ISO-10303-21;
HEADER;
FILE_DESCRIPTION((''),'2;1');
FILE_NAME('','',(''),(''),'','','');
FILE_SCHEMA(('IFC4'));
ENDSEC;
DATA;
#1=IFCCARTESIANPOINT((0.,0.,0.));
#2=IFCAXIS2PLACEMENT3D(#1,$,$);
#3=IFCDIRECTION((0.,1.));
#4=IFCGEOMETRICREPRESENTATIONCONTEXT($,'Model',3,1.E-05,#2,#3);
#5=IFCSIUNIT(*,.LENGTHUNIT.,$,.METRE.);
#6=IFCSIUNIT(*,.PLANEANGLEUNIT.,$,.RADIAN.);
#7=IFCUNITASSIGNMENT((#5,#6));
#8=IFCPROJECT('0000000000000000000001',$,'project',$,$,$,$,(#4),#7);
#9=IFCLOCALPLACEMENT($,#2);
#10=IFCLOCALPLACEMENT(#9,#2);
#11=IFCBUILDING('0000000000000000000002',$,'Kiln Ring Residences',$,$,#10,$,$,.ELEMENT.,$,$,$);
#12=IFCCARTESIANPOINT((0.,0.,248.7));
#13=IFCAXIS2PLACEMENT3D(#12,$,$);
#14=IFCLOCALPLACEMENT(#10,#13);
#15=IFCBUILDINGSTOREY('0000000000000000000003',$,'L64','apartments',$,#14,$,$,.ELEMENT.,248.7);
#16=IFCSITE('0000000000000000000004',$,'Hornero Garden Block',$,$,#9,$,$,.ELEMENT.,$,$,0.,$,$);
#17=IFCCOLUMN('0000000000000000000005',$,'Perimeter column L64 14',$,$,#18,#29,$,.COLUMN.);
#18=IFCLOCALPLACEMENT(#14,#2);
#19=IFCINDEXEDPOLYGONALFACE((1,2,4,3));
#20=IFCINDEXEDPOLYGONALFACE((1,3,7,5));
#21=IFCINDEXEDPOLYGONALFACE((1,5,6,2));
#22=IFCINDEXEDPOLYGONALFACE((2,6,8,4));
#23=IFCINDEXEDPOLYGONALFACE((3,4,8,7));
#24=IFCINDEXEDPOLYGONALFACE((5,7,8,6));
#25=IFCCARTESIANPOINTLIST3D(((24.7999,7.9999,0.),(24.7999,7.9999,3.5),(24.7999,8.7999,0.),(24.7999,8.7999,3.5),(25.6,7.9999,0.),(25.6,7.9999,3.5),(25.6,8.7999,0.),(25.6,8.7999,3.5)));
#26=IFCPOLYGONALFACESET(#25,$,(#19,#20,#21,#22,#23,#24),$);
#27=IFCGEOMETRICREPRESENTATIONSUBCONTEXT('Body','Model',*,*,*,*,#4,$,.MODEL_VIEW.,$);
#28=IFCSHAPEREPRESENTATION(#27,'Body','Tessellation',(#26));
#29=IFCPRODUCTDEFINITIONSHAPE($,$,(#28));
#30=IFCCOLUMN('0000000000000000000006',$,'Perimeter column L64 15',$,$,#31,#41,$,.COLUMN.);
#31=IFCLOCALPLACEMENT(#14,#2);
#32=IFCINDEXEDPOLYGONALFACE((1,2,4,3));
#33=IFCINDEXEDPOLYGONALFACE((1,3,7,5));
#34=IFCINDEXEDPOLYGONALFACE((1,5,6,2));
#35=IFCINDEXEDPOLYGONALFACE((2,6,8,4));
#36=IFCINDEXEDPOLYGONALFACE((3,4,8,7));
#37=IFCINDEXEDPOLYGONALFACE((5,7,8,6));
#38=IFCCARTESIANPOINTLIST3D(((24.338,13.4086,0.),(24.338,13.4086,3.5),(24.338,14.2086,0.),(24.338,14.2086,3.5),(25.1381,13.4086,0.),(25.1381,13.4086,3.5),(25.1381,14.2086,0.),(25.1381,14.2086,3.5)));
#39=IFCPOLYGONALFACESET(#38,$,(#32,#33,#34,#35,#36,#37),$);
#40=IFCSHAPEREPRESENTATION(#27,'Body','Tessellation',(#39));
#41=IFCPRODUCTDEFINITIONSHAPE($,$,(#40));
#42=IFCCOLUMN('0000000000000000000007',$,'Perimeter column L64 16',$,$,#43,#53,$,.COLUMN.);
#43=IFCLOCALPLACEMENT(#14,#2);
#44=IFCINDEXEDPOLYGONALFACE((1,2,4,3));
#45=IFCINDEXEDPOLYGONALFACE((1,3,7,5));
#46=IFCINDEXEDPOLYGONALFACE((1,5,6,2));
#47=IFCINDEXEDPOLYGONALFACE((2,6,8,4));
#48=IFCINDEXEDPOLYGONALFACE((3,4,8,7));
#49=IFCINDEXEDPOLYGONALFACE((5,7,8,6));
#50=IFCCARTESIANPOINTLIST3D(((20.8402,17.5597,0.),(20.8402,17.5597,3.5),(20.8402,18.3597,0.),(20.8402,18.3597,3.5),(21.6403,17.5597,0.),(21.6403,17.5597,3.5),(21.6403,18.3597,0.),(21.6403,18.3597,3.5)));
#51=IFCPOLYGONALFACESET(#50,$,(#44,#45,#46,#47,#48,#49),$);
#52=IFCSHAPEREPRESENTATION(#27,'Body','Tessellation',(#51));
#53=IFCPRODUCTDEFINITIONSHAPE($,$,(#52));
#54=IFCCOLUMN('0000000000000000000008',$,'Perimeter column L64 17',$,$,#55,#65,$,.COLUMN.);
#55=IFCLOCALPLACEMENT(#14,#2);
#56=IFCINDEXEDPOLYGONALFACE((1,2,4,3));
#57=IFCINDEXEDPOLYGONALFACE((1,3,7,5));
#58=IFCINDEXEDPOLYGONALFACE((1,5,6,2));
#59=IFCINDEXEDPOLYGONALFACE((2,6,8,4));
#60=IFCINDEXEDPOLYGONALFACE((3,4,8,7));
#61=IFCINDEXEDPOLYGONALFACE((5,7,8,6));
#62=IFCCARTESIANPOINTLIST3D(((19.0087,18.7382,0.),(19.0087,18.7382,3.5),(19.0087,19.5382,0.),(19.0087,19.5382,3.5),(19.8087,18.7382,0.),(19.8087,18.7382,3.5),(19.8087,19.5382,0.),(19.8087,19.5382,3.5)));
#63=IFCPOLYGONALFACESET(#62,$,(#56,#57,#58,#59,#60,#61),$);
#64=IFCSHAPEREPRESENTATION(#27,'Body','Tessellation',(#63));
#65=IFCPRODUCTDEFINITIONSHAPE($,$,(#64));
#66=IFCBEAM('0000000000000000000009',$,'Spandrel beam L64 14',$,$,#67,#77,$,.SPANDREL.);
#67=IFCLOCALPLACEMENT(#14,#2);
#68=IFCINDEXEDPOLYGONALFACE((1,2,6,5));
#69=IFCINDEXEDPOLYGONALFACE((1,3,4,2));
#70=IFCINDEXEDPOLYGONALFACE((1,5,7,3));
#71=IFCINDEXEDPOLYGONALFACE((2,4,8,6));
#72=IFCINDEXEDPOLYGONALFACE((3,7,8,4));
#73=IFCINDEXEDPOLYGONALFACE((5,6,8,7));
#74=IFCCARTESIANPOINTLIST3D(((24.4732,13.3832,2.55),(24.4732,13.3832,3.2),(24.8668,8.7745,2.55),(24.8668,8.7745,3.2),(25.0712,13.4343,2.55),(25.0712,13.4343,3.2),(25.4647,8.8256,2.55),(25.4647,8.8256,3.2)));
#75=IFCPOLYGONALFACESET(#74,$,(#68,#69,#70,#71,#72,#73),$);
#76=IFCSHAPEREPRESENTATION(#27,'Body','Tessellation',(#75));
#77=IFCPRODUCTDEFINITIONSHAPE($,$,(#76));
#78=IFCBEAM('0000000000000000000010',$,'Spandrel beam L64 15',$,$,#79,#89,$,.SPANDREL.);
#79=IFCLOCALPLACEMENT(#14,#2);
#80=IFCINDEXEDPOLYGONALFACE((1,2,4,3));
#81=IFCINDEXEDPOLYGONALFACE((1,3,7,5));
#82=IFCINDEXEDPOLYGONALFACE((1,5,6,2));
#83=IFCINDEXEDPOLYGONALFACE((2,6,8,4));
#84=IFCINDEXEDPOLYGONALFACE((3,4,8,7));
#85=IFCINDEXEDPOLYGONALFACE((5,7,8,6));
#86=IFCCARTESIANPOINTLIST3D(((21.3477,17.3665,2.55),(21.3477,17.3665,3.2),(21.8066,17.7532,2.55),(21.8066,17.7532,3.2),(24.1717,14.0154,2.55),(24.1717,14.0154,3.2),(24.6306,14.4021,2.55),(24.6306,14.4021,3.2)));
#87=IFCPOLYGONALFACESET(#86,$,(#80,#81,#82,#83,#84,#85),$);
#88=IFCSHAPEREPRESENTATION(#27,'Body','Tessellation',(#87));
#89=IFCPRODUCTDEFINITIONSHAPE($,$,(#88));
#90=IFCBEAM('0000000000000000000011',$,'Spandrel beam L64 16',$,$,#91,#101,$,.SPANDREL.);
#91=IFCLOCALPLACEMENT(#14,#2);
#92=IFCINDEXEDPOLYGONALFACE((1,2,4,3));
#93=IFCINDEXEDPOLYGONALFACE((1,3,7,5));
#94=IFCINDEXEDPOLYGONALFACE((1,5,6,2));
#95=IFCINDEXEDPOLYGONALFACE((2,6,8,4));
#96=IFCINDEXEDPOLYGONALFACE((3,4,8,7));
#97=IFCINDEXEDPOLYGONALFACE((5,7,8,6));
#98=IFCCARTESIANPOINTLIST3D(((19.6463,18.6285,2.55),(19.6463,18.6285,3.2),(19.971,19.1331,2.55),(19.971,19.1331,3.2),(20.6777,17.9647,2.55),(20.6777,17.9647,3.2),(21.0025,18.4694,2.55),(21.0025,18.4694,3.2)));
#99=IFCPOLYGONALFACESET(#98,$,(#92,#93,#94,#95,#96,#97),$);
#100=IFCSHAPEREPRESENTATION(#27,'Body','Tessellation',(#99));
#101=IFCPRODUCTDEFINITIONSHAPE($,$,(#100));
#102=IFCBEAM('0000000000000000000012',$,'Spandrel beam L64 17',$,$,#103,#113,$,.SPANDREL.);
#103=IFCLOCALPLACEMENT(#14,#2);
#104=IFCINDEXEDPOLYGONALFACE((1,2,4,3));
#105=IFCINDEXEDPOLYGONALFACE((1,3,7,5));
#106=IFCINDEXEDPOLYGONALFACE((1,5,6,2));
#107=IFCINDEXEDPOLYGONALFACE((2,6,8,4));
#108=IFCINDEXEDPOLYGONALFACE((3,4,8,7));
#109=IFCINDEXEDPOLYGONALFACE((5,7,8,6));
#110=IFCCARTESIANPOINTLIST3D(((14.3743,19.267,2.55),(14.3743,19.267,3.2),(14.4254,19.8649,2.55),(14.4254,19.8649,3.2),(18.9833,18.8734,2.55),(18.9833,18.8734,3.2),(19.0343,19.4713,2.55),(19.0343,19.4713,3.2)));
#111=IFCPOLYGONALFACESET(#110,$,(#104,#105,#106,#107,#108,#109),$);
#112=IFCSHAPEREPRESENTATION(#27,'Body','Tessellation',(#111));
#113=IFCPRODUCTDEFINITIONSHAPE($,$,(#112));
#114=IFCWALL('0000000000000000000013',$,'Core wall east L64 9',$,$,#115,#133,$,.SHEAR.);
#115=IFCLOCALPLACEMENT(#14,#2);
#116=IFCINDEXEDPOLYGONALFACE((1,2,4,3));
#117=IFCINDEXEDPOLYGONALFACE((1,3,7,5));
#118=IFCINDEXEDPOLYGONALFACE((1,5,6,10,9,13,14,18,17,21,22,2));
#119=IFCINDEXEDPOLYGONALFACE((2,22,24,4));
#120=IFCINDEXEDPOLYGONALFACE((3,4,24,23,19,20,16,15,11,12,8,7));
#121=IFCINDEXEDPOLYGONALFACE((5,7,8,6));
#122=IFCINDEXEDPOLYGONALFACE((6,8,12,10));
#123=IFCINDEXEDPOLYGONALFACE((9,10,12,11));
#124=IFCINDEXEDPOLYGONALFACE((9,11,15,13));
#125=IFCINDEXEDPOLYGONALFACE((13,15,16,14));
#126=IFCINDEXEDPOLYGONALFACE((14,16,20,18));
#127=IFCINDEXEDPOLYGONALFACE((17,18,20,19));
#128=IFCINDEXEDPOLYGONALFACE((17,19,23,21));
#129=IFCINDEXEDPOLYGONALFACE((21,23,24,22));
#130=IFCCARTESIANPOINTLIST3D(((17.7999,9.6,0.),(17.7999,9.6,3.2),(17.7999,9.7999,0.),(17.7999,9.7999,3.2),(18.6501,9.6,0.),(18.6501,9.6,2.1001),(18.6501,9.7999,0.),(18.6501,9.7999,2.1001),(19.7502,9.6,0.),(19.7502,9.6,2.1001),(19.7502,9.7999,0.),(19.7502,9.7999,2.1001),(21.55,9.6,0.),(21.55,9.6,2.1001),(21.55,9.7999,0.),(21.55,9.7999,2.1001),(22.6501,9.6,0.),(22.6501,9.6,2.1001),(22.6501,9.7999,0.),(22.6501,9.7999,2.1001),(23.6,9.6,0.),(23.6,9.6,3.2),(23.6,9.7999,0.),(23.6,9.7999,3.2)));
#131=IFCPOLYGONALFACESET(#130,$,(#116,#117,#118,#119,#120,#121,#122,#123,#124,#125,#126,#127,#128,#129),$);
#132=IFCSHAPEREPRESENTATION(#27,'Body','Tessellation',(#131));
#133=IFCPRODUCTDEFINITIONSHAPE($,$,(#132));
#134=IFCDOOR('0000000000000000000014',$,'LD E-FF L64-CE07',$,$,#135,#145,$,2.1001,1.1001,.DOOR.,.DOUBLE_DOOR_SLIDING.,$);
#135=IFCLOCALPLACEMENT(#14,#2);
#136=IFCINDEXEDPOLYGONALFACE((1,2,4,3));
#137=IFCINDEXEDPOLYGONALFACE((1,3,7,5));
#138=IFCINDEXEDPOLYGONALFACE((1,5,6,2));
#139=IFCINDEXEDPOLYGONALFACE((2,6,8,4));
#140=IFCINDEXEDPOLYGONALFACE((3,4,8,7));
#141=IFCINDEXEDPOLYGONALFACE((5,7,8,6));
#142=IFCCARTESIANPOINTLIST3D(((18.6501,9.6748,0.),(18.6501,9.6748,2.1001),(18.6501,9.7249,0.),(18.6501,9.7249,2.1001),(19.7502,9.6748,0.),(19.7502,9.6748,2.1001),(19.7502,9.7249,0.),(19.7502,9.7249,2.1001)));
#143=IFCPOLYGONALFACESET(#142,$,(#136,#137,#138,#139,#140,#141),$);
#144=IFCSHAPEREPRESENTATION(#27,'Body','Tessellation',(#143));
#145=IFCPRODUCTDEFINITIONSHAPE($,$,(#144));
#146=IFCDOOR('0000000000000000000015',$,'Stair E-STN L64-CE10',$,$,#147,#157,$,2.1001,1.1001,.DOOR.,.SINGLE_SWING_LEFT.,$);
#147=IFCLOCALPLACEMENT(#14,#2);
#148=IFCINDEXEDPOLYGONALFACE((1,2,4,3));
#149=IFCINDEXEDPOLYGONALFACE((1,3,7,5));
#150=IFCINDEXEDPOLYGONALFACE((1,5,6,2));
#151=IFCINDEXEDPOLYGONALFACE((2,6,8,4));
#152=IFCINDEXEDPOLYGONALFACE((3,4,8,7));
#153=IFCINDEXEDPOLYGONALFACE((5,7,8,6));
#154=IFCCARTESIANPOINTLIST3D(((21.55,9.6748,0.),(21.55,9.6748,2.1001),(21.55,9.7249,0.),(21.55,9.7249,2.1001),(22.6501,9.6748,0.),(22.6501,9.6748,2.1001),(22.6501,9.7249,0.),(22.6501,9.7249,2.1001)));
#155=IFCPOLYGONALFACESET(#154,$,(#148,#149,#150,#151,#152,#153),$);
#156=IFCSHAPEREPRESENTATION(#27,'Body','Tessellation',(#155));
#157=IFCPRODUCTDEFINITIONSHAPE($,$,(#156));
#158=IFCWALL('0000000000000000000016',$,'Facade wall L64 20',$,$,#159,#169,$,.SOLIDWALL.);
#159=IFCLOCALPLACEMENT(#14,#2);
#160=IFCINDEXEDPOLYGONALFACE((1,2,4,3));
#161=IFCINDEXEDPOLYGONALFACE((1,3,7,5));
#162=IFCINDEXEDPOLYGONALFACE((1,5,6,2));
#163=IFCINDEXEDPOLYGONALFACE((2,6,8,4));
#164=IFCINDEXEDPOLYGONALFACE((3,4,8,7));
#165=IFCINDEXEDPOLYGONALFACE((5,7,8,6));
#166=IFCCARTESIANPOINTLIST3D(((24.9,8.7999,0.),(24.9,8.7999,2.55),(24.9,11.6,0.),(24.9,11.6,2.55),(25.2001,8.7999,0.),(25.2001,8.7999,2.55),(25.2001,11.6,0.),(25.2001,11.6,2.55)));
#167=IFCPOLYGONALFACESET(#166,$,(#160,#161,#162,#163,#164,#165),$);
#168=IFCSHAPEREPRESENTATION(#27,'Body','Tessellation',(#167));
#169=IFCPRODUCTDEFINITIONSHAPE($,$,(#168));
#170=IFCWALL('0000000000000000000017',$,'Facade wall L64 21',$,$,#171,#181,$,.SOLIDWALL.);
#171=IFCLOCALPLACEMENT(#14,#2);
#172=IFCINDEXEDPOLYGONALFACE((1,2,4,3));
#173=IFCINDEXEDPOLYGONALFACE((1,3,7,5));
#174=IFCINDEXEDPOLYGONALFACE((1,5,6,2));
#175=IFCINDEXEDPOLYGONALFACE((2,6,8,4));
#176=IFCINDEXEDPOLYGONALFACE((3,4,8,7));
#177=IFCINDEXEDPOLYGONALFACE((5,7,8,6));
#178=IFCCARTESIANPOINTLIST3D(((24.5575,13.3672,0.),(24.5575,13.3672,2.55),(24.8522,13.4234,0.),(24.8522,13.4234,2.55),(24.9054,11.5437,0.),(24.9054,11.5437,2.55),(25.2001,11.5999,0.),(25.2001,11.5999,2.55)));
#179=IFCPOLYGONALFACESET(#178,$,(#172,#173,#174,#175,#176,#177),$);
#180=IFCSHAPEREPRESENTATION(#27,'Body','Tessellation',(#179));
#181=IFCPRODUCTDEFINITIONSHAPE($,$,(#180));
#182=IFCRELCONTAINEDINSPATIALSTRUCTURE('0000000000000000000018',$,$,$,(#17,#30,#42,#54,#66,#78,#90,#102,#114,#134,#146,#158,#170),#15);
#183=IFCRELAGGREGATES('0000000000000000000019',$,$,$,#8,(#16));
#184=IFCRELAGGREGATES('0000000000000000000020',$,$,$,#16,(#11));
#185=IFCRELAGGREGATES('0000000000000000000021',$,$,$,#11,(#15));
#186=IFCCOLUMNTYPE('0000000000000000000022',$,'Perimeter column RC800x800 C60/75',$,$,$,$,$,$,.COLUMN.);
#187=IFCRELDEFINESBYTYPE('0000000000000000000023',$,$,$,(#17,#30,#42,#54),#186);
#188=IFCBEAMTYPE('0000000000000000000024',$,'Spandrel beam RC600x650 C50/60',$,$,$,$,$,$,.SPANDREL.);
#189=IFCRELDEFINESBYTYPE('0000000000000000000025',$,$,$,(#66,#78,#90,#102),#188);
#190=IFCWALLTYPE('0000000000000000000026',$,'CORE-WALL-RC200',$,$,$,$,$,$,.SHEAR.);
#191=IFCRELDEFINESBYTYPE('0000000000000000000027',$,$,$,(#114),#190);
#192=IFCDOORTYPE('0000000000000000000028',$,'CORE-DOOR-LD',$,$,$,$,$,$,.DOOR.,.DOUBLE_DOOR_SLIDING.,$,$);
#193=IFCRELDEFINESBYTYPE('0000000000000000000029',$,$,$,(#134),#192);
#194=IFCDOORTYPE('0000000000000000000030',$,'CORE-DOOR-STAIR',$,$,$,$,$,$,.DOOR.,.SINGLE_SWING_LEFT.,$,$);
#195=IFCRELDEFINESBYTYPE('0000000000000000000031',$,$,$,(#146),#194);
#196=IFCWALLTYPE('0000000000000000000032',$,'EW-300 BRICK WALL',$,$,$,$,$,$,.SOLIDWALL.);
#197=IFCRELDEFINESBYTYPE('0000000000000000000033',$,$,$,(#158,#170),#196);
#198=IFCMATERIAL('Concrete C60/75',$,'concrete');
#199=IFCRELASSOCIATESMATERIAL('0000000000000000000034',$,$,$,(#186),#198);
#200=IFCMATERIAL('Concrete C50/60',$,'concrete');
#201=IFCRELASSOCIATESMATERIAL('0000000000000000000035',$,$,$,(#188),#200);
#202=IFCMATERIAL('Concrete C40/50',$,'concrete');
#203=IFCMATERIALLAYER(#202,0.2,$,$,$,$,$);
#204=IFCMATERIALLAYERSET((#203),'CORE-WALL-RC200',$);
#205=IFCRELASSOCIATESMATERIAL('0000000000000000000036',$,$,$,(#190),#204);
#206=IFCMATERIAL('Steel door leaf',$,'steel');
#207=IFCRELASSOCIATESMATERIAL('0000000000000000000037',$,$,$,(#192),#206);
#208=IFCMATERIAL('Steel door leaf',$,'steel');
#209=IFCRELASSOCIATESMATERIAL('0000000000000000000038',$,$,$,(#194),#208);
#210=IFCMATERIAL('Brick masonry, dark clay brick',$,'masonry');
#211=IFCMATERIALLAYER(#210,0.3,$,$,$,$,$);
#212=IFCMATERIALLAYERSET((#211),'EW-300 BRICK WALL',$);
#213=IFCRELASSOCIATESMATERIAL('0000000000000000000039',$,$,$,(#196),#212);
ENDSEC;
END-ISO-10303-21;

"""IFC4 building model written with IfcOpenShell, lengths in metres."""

from ifc_helpers import new_model, si_unit, direction, frame, frame_2d, origin, origin_2d, place, context, subcontext, project, spatial, rectangle, extrude, material, layer, layer_set, material_profile, profile_set, type_object, element, fill, save


model = new_model("IFC4")

# Units and contexts
model_context = context("Model", 3, precision=1e-05, world=origin(), true_north=direction((0.0, 1.0)))
body_context = subcontext(model_context, "Body", "Model", "MODEL_VIEW")
ifc_project = project(units=[si_unit("LENGTHUNIT", "METRE"), si_unit("PLANEANGLEUNIT", "RADIAN")], contexts=[model_context])

# Site, building, storey
site_placement = place(None, origin())
site = spatial("IfcSite", under=ifc_project, at=site_placement, Name="Hornero Garden Block", CompositionType="ELEMENT", RefElevation=0.0)
building_placement = place(site_placement, origin())
building = spatial("IfcBuilding", under=site, at=building_placement, Name="Kiln Ring Residences", CompositionType="ELEMENT")
storey_placement = place(building_placement, frame((0.0, 0.0, 248.7)))
storey = spatial("IfcBuildingStorey", under=building, at=storey_placement, Name="L64", Description="apartments", CompositionType="ELEMENT", Elevation=248.7)

# Columns
ifc_material_1 = material(Name="Concrete C60/75", Category="concrete")
ifc_material_profile_1 = material_profile(ifc_material_1, rectangle(XDim=0.8, YDim=0.8, at=origin_2d()), Name="RC800x800")
ifc_profile_set_1 = profile_set([ifc_material_profile_1], Name="Concrete C60/75")
column_type = type_object("IfcColumnType", Name="Perimeter column RC800x800 C60/75", PredefinedType="COLUMN", material=ifc_profile_set_1)
for number, where, z_axis, x_axis, name in (
    (1, (25.2, 8.3999, 0.0), (0.0, 0.0, 1.0), (1.0, 0.0, 0.0), "Perimeter column L64 14"),
    (2, (24.738, 13.8086, 0.0), (0.0, 0.0, 1.0), (1.0, 0.0, 0.0), "Perimeter column L64 15"),
    (3, (21.2402, 17.9597, 0.0), (0.0, 0.0, 1.0), (1.0, 0.0, 0.0), "Perimeter column L64 16"),
    (4, (19.4087, 19.1382, 0.0), (0.0, 0.0, 1.0), (1.0, 0.0, 0.0), "Perimeter column L64 17"),
):
    element("IfcColumn", number, at=place(storey_placement, frame(where, z_axis=z_axis, x_axis=x_axis)), inside=storey, type_object=column_type, Name=name, PredefinedType="COLUMN", context=body_context, shape_type="SweptSolid", body=[
        extrude(rectangle(XDim=0.8, YDim=0.8, at=origin_2d()), origin(), (0.0, 0.0, 1.0), 3.5),
    ])

# Beams
ifc_material_2 = material(Name="Concrete C50/60", Category="concrete")
ifc_material_profile_2 = material_profile(ifc_material_2, rectangle(XDim=0.6001, YDim=0.6499, at=origin_2d()), Name="RC600x650")
ifc_profile_set_2 = profile_set([ifc_material_profile_2], Name="Concrete C50/60")
beam_type = type_object("IfcBeamType", Name="Spandrel beam RC600x650 C50/60", PredefinedType="SPANDREL", material=ifc_profile_set_2)
beam_1_placement = place(storey_placement, frame((25.1658, 8.8, 2.875), z_axis=(-0.085085, 0.996374, 0.0), x_axis=(-0.996374, -0.085085, 0.0)))
element("IfcBeam", 5, at=beam_1_placement, inside=storey, type_object=beam_type, Name="Spandrel beam L64 14", PredefinedType="SPANDREL", context=body_context, shape_type="SweptSolid", body=[
    extrude(rectangle(XDim=0.6001, YDim=0.6499, at=origin_2d()), origin(), (0.0, 0.0, 1.0), 4.6255),
])
beam_2_placement = place(storey_placement, frame((24.4011, 14.2087, 2.875), z_axis=(-0.644405, 0.764684, 0.0), x_axis=(-0.764684, -0.644405, 0.0)))
element("IfcBeam", 6, at=beam_2_placement, inside=storey, type_object=beam_type, Name="Spandrel beam L64 15", PredefinedType="SPANDREL", context=body_context, shape_type="SweptSolid", body=[
    extrude(rectangle(XDim=0.6001, YDim=0.6499, at=origin_2d()), origin(), (0.0, 0.0, 1.0), 4.3823),
])
beam_3_placement = place(storey_placement, frame((20.8401, 18.217, 2.875), z_axis=(-0.840913, 0.54117, 0.0), x_axis=(-0.54117, -0.840913, 0.0)))
element("IfcBeam", 7, at=beam_3_placement, inside=storey, type_object=beam_type, Name="Spandrel beam L64 16", PredefinedType="SPANDREL", context=body_context, shape_type="SweptSolid", body=[
    extrude(rectangle(XDim=0.6001, YDim=0.6499, at=origin_2d()), origin(), (0.0, 0.0, 1.0), 1.2266),
])
beam_4_placement = place(storey_placement, frame((19.0088, 19.1724, 2.875), z_axis=(-0.996374, 0.085081, 0.0), x_axis=(-0.085081, -0.996374, 0.0)))
element("IfcBeam", 8, at=beam_4_placement, inside=storey, type_object=beam_type, Name="Spandrel beam L64 17", PredefinedType="SPANDREL", context=body_context, shape_type="SweptSolid", body=[
    extrude(rectangle(XDim=0.6001, YDim=0.6499, at=origin_2d()), origin(), (0.0, 0.0, 1.0), 4.6257),
])

# Wall, openings, doors
ifc_material_3 = material(Name="Concrete C40/50", Category="concrete")
ifc_layer_1 = layer(ifc_material_3, 0.2)
ifc_layer_set_1 = layer_set([ifc_layer_1], Name="CORE-WALL-RC200")
wall_type_1 = type_object("IfcWallType", Name="CORE-WALL-RC200", PredefinedType="SHEAR", material=ifc_layer_set_1)
wall_1_placement = place(storey_placement, frame((17.8, 9.7, 0.0), z_axis=(0.0, 0.0, 1.0), x_axis=(1.0, 0.0, 0.0)))
wall_1 = element("IfcWall", 9, at=wall_1_placement, inside=storey, type_object=wall_type_1, Name="Core wall east L64 9", PredefinedType="SHEAR", context=body_context, shape_type="SweptSolid", body=[
    extrude(rectangle(XDim=5.8, YDim=0.2, at=frame_2d((2.8999, 0.0))), origin(), (0.0, 0.0, 1.0), 3.2),
])
opening_1_placement = place(wall_1_placement, frame((0.8501, 0.0, 0.0)))
opening_1 = element("IfcOpeningElement", 10, at=opening_1_placement, cuts=wall_1, PredefinedType="OPENING", context=body_context, shape_type="SweptSolid", body=[
    extrude(rectangle(XDim=1.1001, YDim=2.1001, at=frame_2d((0.55, 1.05))), frame((0.0, 0.1099, 0.0), z_axis=(0.0, -1.0, 0.0), x_axis=(1.0, 0.0, 0.0)), (0.0, 0.0, 1.0), 0.22),
])
opening_2_placement = place(wall_1_placement, frame((3.75, 0.0, 0.0)))
opening_2 = element("IfcOpeningElement", 11, at=opening_2_placement, cuts=wall_1, PredefinedType="OPENING", context=body_context, shape_type="SweptSolid", body=[
    extrude(rectangle(XDim=1.1001, YDim=2.1001, at=frame_2d((0.55, 1.05))), frame((0.0, 0.1099, 0.0), z_axis=(0.0, -1.0, 0.0), x_axis=(1.0, 0.0, 0.0)), (0.0, 0.0, 1.0), 0.22),
])
ifc_material_4 = material(Name="Steel door leaf", Category="steel")
door_type_1 = type_object("IfcDoorType", Name="CORE-DOOR-LD", OperationType="DOUBLE_DOOR_SLIDING", PredefinedType="DOOR", material=ifc_material_4)
door_1_placement = place(opening_1_placement, origin())
door_1 = element("IfcDoor", 12, at=door_1_placement, inside=storey, type_object=door_type_1, Name="LD E-FF L64-CE07", OperationType="DOUBLE_DOOR_SLIDING", OverallHeight=2.1001, OverallWidth=1.1001, PredefinedType="DOOR", context=body_context, shape_type="SweptSolid", body=[
    extrude(rectangle(XDim=1.1001, YDim=2.1001, at=frame_2d((0.55, 1.05))), frame((0.0, 0.0249, 0.0), z_axis=(0.0, -1.0, 0.0), x_axis=(1.0, 0.0, 0.0)), (0.0, 0.0, 1.0), 0.05),
])
fill(opening_1, door_1)
ifc_material_5 = material(Name="Steel door leaf", Category="steel")
door_type_2 = type_object("IfcDoorType", Name="CORE-DOOR-STAIR", OperationType="SINGLE_SWING_LEFT", PredefinedType="DOOR", material=ifc_material_5)
door_2_placement = place(opening_2_placement, origin())
door_2 = element("IfcDoor", 13, at=door_2_placement, inside=storey, type_object=door_type_2, Name="Stair E-STN L64-CE10", OperationType="SINGLE_SWING_LEFT", OverallHeight=2.1001, OverallWidth=1.1001, PredefinedType="DOOR", context=body_context, shape_type="SweptSolid", body=[
    extrude(rectangle(XDim=1.1001, YDim=2.1001, at=frame_2d((0.55, 1.05))), frame((0.0, 0.0249, 0.0), z_axis=(0.0, -1.0, 0.0), x_axis=(1.0, 0.0, 0.0)), (0.0, 0.0, 1.0), 0.05),
])
fill(opening_2, door_2)

# Walls
ifc_material_6 = material(Name="Brick masonry, dark clay brick", Category="masonry")
ifc_layer_2 = layer(ifc_material_6, 0.3)
ifc_layer_set_2 = layer_set([ifc_layer_2], Name="EW-300 BRICK WALL")
wall_type_2 = type_object("IfcWallType", Name="EW-300 BRICK WALL", PredefinedType="SOLIDWALL", material=ifc_layer_set_2)
wall_2_placement = place(storey_placement, frame((25.05, 8.8, 0.0), z_axis=(0.0, 0.0, 1.0), x_axis=(0.0, 1.0, 0.0)))
element("IfcWall", 14, at=wall_2_placement, inside=storey, type_object=wall_type_2, Name="Facade wall L64 20", PredefinedType="SOLIDWALL", context=body_context, shape_type="SweptSolid", body=[
    extrude(rectangle(XDim=2.8, YDim=0.3, at=frame_2d((1.3999, 0.0))), origin(), (0.0, 0.0, 1.0), 2.55),
])
wall_3_placement = place(storey_placement, frame((25.0527, 11.5718, 0.0), z_axis=(0.0, 0.0, 1.0), x_axis=(-0.187408, 0.982282, 0.0)))
element("IfcWall", 15, at=wall_3_placement, inside=storey, type_object=wall_type_2, Name="Facade wall L64 21", PredefinedType="SOLIDWALL", context=body_context, shape_type="SweptSolid", body=[
    extrude(rectangle(XDim=1.8564, YDim=0.3, at=frame_2d((0.9282, 0.0))), origin(), (0.0, 0.0, 1.0), 2.55),
])

save(model, "model.ifc")
